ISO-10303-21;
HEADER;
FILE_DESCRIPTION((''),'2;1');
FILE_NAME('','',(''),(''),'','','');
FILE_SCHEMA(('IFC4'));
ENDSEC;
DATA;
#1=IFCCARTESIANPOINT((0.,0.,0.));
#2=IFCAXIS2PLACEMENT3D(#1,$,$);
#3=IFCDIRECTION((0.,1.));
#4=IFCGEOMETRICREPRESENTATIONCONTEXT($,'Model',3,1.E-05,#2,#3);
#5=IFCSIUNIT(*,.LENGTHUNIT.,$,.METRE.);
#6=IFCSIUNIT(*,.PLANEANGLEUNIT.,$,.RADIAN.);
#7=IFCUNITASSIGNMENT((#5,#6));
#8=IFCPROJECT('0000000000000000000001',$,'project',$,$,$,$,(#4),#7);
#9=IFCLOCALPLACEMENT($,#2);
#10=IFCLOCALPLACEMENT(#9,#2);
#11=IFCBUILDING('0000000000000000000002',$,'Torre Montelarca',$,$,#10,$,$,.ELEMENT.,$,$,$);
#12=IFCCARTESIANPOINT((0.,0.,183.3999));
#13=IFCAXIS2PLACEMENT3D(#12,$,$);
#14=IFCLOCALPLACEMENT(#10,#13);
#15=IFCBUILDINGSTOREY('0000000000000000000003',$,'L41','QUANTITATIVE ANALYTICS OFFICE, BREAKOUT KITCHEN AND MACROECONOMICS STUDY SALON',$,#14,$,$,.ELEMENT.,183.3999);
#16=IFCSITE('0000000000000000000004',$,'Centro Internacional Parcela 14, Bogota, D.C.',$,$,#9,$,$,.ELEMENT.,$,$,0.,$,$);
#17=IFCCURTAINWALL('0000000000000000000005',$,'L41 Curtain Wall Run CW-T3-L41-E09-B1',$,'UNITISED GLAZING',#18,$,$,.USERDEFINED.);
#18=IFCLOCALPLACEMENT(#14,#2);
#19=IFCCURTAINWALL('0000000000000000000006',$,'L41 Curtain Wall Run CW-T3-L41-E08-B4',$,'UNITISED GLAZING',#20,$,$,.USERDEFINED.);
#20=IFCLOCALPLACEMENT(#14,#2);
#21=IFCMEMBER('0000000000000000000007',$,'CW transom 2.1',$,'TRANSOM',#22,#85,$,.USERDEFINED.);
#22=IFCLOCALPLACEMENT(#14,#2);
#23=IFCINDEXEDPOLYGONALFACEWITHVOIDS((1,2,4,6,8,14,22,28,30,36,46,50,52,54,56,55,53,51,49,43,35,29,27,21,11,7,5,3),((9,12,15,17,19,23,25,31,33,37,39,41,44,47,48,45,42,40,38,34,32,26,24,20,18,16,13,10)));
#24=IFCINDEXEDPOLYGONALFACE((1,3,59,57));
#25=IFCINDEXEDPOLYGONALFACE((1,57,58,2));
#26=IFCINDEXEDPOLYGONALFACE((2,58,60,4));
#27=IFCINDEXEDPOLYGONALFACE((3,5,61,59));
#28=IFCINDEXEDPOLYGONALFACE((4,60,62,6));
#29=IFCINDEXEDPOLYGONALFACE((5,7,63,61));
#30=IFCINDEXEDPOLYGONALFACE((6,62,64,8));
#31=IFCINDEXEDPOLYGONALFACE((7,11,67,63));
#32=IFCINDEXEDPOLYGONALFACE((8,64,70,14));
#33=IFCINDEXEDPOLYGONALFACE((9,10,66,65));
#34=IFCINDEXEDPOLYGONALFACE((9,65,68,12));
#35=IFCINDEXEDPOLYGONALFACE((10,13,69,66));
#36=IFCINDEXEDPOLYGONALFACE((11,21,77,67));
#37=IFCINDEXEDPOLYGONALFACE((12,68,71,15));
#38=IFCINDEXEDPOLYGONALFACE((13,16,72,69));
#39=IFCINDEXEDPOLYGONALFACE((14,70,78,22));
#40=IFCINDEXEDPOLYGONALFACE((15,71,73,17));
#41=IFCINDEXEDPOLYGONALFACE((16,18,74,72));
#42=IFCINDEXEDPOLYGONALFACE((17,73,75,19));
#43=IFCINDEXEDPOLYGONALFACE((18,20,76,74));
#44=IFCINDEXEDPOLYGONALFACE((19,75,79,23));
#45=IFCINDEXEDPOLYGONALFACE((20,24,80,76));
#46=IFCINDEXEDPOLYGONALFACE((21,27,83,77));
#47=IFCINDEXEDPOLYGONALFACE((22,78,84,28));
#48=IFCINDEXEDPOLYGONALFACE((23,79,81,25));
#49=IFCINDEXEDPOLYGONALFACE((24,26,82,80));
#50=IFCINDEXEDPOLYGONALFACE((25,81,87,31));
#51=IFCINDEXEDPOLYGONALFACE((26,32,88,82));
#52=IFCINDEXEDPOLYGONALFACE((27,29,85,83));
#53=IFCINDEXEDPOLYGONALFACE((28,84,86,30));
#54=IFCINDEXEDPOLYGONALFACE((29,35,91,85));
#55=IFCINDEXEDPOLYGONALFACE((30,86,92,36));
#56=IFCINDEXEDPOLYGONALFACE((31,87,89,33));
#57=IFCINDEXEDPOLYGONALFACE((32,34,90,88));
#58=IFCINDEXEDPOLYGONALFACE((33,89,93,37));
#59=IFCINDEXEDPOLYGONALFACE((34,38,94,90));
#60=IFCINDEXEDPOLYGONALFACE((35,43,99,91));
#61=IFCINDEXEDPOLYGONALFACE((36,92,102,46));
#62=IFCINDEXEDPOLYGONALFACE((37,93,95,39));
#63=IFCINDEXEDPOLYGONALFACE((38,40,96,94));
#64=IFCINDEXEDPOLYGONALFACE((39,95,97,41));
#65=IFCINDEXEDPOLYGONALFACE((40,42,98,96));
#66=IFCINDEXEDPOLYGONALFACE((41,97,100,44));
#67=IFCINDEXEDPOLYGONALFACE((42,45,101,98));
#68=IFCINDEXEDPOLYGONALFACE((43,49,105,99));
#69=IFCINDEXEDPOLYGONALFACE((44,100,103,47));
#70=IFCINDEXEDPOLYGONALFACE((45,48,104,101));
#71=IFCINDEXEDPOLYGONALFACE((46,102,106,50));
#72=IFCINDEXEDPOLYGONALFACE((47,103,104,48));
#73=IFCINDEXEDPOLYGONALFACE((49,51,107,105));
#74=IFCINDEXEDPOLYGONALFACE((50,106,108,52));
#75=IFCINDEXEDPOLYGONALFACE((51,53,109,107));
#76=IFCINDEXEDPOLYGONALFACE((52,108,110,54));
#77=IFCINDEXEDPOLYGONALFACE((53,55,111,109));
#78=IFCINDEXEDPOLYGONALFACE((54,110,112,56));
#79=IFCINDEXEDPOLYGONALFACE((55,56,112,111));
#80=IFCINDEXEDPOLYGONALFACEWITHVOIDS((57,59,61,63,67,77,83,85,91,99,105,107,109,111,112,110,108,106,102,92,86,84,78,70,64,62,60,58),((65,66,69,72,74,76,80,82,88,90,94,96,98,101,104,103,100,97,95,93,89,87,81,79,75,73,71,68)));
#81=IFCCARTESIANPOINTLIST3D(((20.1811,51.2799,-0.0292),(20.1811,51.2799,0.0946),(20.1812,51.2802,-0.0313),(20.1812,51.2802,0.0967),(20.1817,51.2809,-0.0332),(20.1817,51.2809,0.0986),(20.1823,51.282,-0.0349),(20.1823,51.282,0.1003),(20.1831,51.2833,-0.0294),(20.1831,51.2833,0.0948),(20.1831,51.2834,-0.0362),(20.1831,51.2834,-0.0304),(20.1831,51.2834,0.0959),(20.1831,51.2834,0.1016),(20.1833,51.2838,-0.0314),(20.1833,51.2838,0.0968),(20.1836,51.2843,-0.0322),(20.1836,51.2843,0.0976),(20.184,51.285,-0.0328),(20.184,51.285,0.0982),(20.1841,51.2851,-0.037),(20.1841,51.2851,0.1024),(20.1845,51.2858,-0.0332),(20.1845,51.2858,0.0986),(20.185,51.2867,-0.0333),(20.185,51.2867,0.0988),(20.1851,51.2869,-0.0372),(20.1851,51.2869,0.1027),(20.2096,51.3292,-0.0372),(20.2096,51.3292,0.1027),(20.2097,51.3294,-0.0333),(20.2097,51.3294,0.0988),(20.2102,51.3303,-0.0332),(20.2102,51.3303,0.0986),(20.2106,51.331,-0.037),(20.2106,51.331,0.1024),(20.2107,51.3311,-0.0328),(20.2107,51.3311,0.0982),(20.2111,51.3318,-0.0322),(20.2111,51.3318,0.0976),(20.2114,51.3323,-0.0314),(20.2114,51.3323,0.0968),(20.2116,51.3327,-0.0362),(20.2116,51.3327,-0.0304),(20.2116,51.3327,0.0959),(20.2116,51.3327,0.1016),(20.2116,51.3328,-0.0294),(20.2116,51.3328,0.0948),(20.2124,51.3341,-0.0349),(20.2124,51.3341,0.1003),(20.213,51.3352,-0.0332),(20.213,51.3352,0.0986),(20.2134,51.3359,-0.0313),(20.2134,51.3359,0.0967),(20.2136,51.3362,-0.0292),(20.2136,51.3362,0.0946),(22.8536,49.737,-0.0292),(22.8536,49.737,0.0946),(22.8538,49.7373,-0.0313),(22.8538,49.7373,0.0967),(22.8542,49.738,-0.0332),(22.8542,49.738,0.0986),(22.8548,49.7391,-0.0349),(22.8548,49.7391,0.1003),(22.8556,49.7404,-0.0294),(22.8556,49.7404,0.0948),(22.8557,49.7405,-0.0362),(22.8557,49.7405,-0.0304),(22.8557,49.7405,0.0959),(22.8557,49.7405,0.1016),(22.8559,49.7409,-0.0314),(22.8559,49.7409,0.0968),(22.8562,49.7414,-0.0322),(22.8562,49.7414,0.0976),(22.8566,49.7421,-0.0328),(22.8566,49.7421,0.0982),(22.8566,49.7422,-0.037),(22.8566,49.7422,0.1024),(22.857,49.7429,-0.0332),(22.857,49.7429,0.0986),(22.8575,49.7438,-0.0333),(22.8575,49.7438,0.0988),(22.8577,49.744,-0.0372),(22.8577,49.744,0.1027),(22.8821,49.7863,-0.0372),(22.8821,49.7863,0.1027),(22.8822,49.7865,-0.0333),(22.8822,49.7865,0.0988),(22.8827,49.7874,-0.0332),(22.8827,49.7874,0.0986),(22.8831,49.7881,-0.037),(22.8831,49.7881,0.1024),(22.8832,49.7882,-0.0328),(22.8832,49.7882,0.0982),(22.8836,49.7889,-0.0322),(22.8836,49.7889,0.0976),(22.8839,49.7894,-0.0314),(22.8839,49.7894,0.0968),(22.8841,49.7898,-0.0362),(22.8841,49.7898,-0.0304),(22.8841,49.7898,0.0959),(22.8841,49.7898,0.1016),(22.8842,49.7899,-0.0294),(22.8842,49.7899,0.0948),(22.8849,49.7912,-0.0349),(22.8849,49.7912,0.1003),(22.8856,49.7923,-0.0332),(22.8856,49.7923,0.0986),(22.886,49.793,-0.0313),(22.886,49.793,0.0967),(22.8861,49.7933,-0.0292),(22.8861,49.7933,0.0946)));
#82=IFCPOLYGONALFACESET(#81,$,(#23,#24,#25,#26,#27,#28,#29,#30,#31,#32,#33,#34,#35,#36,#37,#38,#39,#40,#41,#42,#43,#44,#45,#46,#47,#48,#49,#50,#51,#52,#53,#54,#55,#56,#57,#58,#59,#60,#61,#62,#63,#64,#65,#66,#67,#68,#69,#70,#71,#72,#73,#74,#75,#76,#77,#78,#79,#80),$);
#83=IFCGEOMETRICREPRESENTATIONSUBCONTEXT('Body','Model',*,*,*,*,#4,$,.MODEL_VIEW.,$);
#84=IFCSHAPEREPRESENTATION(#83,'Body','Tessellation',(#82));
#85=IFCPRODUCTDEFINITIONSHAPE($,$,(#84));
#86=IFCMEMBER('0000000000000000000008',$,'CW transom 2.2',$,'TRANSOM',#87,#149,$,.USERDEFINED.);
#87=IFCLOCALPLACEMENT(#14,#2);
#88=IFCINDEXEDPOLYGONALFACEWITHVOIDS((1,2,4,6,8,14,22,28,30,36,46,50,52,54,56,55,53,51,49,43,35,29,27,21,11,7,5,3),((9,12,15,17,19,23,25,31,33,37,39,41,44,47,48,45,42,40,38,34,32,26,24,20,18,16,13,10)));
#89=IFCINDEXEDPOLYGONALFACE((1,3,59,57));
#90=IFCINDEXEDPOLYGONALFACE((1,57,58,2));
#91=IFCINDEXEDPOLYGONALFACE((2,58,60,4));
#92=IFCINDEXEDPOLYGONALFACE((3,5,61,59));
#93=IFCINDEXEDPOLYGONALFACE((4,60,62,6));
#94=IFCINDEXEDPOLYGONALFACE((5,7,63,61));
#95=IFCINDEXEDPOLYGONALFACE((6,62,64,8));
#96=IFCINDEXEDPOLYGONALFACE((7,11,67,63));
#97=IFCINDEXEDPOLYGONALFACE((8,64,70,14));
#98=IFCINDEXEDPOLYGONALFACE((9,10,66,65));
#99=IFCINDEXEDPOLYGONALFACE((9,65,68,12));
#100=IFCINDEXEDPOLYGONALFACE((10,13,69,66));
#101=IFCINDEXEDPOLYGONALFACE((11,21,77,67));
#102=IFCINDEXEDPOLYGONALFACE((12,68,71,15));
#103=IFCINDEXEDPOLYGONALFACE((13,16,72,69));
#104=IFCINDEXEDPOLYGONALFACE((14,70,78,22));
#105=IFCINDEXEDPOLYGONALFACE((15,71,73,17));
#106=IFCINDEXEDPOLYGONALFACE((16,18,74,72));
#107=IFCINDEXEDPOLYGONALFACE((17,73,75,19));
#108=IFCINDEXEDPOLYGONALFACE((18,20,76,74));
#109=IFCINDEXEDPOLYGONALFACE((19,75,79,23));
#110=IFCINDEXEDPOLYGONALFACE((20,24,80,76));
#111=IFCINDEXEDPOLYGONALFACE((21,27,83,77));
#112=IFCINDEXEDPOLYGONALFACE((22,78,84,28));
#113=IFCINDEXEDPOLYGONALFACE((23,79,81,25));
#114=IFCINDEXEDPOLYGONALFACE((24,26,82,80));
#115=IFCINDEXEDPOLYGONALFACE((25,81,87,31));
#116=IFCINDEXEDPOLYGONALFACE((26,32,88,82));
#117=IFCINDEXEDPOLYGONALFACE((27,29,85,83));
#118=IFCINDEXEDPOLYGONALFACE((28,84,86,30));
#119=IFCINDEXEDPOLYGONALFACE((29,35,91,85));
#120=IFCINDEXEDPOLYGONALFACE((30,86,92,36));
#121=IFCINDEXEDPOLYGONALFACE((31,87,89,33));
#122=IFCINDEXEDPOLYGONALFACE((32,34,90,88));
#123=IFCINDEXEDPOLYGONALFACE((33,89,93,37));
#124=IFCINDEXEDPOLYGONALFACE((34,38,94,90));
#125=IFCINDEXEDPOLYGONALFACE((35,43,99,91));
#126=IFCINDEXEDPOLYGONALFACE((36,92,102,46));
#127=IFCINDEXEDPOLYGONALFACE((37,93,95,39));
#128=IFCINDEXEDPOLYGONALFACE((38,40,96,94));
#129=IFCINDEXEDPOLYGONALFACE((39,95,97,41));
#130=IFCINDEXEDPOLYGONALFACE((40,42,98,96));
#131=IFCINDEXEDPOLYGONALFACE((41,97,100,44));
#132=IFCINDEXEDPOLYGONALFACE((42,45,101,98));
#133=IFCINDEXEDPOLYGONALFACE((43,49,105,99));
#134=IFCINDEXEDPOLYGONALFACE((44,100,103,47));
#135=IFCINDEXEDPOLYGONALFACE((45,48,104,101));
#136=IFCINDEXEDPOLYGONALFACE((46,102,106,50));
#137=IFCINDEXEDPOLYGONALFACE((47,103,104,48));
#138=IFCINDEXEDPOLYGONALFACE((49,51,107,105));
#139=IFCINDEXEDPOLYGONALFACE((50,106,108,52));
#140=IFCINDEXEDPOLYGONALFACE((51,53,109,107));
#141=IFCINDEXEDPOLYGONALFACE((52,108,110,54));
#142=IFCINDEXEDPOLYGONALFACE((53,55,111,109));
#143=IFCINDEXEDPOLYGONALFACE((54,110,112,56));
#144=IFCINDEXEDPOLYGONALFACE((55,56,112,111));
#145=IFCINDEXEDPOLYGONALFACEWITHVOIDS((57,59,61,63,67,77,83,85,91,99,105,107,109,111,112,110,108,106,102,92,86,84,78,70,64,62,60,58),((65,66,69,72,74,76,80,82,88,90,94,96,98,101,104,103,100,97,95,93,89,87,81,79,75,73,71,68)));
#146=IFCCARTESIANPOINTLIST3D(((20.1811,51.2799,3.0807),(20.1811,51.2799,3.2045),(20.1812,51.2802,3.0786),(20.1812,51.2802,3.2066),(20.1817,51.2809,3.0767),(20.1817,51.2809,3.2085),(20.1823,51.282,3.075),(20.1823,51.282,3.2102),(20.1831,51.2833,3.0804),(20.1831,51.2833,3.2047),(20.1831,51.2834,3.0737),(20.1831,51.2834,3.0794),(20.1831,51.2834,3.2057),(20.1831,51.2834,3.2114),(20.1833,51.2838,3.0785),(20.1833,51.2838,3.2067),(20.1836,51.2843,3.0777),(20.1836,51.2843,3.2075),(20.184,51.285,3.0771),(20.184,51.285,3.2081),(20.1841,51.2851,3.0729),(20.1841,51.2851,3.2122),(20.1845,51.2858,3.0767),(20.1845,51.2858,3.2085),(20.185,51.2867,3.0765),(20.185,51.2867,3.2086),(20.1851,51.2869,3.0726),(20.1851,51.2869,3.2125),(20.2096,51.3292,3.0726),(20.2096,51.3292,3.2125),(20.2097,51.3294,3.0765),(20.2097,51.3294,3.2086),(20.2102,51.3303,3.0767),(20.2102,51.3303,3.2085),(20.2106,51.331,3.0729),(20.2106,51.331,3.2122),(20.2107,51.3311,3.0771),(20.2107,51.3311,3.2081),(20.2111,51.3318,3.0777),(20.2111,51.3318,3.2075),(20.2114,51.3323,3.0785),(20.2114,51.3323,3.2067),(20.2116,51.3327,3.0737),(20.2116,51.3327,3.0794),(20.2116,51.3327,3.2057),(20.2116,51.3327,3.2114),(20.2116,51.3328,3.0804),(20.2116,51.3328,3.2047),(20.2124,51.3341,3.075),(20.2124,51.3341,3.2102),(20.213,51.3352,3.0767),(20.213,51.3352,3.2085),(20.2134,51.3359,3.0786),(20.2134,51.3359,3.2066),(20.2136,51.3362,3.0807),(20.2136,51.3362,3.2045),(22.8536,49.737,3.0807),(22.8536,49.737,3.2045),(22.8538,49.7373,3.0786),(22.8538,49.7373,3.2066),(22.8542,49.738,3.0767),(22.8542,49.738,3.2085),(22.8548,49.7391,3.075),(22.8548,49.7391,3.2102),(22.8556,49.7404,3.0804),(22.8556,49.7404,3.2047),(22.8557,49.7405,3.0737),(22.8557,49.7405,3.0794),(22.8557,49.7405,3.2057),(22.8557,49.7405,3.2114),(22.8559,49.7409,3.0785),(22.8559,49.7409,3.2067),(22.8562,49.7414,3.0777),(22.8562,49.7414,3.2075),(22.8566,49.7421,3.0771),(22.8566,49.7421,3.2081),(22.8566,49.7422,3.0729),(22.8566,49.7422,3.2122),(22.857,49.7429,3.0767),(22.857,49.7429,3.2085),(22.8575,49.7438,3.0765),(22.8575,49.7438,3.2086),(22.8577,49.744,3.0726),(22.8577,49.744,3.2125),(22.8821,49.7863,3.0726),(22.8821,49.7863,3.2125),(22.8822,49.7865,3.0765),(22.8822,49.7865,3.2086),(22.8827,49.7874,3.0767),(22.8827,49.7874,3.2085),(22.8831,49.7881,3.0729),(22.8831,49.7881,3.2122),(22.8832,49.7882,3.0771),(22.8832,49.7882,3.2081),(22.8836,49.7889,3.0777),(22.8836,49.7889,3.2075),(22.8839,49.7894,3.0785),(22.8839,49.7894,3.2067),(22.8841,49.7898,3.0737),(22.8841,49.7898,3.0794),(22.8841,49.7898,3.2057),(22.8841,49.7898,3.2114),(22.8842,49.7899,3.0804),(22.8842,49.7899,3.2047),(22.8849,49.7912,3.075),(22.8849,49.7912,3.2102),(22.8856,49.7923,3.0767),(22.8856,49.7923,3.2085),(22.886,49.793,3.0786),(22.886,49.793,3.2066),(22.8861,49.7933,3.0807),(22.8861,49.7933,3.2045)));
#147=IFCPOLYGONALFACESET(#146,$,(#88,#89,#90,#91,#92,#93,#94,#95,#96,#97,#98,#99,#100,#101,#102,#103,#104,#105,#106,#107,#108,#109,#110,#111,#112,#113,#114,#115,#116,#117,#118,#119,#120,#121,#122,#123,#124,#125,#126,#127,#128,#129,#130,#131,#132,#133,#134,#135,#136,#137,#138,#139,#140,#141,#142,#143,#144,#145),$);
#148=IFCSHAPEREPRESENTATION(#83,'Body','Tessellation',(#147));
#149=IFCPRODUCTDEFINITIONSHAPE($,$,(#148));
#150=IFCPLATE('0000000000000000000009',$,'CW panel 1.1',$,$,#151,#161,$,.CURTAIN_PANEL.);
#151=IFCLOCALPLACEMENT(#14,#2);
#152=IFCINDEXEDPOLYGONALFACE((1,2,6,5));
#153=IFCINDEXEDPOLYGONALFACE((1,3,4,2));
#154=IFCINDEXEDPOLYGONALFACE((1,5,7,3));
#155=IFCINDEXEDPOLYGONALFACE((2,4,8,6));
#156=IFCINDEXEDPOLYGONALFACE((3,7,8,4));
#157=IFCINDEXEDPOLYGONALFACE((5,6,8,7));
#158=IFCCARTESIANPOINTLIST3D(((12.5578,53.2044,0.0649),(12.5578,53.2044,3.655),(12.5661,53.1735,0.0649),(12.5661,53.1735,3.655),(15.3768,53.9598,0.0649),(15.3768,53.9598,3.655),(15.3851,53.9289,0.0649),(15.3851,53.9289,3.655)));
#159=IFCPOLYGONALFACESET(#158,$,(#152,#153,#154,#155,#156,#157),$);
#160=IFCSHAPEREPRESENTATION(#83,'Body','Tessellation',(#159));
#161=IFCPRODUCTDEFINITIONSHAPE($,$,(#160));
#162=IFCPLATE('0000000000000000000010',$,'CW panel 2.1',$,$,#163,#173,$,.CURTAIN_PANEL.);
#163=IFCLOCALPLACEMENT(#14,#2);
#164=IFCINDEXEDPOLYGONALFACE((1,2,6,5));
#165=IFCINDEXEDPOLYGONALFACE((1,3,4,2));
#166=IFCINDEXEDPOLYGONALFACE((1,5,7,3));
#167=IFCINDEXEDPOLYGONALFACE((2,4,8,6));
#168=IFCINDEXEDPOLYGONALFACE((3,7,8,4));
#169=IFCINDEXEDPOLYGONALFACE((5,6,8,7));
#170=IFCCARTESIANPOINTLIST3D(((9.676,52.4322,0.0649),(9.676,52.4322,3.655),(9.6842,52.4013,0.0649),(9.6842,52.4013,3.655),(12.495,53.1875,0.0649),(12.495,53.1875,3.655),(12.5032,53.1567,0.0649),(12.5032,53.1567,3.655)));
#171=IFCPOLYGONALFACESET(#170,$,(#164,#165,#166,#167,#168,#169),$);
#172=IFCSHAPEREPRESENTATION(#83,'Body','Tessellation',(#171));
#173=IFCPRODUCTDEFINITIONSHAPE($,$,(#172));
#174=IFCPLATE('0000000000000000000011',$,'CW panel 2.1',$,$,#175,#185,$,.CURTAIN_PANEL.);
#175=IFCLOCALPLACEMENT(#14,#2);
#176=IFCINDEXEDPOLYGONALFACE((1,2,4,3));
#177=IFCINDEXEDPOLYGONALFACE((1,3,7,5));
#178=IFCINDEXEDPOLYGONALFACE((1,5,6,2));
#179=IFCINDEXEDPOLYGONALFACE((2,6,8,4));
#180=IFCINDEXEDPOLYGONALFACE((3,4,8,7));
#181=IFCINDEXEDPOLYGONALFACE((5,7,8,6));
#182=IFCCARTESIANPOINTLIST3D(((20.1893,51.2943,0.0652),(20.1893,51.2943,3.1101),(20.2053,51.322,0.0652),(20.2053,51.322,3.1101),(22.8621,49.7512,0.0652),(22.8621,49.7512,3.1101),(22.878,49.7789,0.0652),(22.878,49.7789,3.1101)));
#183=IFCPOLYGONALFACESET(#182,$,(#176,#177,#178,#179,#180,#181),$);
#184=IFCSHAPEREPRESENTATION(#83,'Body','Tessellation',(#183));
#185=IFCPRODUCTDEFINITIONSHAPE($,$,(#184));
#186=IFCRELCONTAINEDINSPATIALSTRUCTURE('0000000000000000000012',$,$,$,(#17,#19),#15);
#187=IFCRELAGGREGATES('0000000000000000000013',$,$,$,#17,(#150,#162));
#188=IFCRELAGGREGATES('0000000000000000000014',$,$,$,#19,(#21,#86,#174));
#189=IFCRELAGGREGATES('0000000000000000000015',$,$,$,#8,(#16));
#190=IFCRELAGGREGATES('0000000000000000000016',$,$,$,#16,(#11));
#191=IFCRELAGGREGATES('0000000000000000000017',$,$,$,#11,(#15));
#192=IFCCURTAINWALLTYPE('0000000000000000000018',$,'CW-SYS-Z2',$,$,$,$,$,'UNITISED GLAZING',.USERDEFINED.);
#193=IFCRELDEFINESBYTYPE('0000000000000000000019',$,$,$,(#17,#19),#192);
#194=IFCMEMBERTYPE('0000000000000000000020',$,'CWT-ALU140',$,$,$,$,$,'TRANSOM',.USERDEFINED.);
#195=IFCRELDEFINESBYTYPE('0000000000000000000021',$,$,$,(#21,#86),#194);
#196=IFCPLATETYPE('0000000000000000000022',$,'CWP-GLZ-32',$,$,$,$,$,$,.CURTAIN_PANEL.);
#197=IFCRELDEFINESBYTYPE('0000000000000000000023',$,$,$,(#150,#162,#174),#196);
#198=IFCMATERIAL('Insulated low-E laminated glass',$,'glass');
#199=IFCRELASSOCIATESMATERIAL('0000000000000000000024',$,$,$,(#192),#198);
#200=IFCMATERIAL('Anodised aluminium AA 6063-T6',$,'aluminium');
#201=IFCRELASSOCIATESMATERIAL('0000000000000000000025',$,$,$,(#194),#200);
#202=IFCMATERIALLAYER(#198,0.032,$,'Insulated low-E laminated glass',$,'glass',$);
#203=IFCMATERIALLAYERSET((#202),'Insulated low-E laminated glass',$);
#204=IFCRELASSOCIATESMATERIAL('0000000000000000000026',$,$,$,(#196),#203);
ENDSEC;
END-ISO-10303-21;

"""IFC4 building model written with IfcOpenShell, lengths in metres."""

from ifc_helpers import new_model, si_unit, direction, frame, origin, origin_2d, place, context, subcontext, project, spatial, rectangle, hollow_rectangle, extrude, source, transform, mapped, material, layer, layer_set, material_profile, profile_set, type_object, element, aggregate, save


model = new_model("IFC4")

# Units and contexts
model_context = context("Model", 3, precision=1e-05, world=origin(), true_north=direction((0.0, 1.0)))
body_context = subcontext(model_context, "Body", "Model", "MODEL_VIEW")
ifc_project = project(units=[si_unit("LENGTHUNIT", "METRE"), si_unit("PLANEANGLEUNIT", "RADIAN")], contexts=[model_context])

# Site, building, storey
site_placement = place(None, origin())
site = spatial("IfcSite", under=ifc_project, at=site_placement, Name="Centro Internacional Parcela 14, Bogota, D.C.", CompositionType="ELEMENT", RefElevation=0.0)
building_placement = place(site_placement, origin())
building = spatial("IfcBuilding", under=site, at=building_placement, Name="Torre Montelarca", CompositionType="ELEMENT")
storey_placement = place(building_placement, frame((0.0, 0.0, 183.3999)))
storey = spatial("IfcBuildingStorey", under=building, at=storey_placement, Name="L41", Description="QUANTITATIVE ANALYTICS OFFICE, BREAKOUT KITCHEN AND MACROECONOMICS STUDY SALON", CompositionType="ELEMENT", Elevation=183.3999)

# Curtain walls, members
ifc_material_1 = material(Name="Insulated low-E laminated glass", Category="glass")
curtain_wall_type = type_object("IfcCurtainWallType", Name="CW-SYS-Z2", ElementType="UNITISED GLAZING", PredefinedType="USERDEFINED", material=ifc_material_1)
curtain_wall_1_placement = place(storey_placement, origin())
curtain_wall_1 = element("IfcCurtainWall", 1, at=curtain_wall_1_placement, inside=storey, type_object=curtain_wall_type, Name="L41 Curtain Wall Run CW-T3-L41-E09-B1", ObjectType="UNITISED GLAZING", PredefinedType="USERDEFINED")
ifc_material_2 = material(Name="Anodised aluminium AA 6063-T6", Category="aluminium")
ifc_material_profile_1 = material_profile(ifc_material_2, hollow_rectangle(XDim=0.0649, YDim=0.1399, WallThickness=0.0039, InnerFilletRadius=0.0039, OuterFilletRadius=0.0081, at=origin_2d()), Name="ALU65X140X4", Category="aluminium")
ifc_profile_set_1 = profile_set([ifc_material_profile_1], Name="Anodised aluminium AA 6063-T6")
member_type_1 = type_object("IfcMemberType", Name="CWT-ALU140", ElementType="TRANSOM", PredefinedType="USERDEFINED", material=ifc_profile_set_1)
curtain_wall_2_placement = place(storey_placement, origin())
curtain_wall_2 = element("IfcCurtainWall", 2, at=curtain_wall_2_placement, inside=storey, type_object=curtain_wall_type, Name="L41 Curtain Wall Run CW-T3-L41-E08-B4", ObjectType="UNITISED GLAZING", PredefinedType="USERDEFINED")
shared_shape_1 = source(origin(), body_context, "Body", "SweptSolid", [
    extrude(hollow_rectangle(XDim=0.0649, YDim=0.1399, WallThickness=0.0039, InnerFilletRadius=0.0039, OuterFilletRadius=0.0081, at=origin_2d()), origin(), (0.0, 0.0, 1.0), 3.0859),
])
member_1_placement = place(storey_placement, frame((22.8699, 49.7651, 0.0327), z_axis=(-0.866034, 0.499985, 0.0), x_axis=(-0.499985, -0.866034, 0.0)))
member_1 = element("IfcMember", 3, at=member_1_placement, type_object=member_type_1, Name="CW transom 2.1", ObjectType="TRANSOM", PredefinedType="USERDEFINED", context=body_context, shape_type="MappedRepresentation", body=[
    mapped(shared_shape_1, transform((0.0, 0.0, 0.0), scale=1.0)),
])
member_2_placement = place(storey_placement, frame((22.8699, 49.7651, 3.1426), z_axis=(-0.866034, 0.499985, 0.0), x_axis=(-0.499985, -0.866034, 0.0)))
member_2 = element("IfcMember", 4, at=member_2_placement, type_object=member_type_1, Name="CW transom 2.2", ObjectType="TRANSOM", PredefinedType="USERDEFINED", context=body_context, shape_type="MappedRepresentation", body=[
    mapped(shared_shape_1, transform((0.0, 0.0, 0.0), scale=1.0)),
])

# Plates
ifc_layer_1 = layer(ifc_material_1, 0.032, Name="Insulated low-E laminated glass", Category="glass")
ifc_layer_set_1 = layer_set([ifc_layer_1], Name="Insulated low-E laminated glass")
plate_type = type_object("IfcPlateType", Name="CWP-GLZ-32", PredefinedType="CURTAIN_PANEL", material=ifc_layer_set_1)
shared_shape_2 = source(origin(), body_context, "Body", "SweptSolid", [
    extrude(rectangle(XDim=2.9185, YDim=0.032, at=origin_2d()), origin(), (0.0, 0.0, 1.0), 3.5901),
])
plate_1_placement = place(storey_placement, frame((13.9714, 53.5667, 0.0649), z_axis=(0.0, 0.0, 1.0), x_axis=(-0.965927, -0.258814, 0.0)))
plate_1 = element("IfcPlate", 5, at=plate_1_placement, type_object=plate_type, Name="CW panel 1.1", PredefinedType="CURTAIN_PANEL", context=body_context, shape_type="MappedRepresentation", body=[
    mapped(shared_shape_2, transform((0.0, 0.0, 0.0), scale=1.0)),
])
plate_2_placement = place(storey_placement, frame((11.0896, 52.7944, 0.0649), z_axis=(0.0, 0.0, 1.0), x_axis=(-0.965927, -0.258814, 0.0)))
plate_2 = element("IfcPlate", 6, at=plate_2_placement, type_object=plate_type, Name="CW panel 2.1", PredefinedType="CURTAIN_PANEL", context=body_context, shape_type="MappedRepresentation", body=[
    mapped(shared_shape_2, transform((0.0, 0.0, 0.0), scale=1.0)),
])
aggregate(curtain_wall_1, [plate_1, plate_2])
shared_shape_3 = source(origin(), body_context, "Body", "SweptSolid", [
    extrude(rectangle(XDim=3.0862, YDim=0.032, at=origin_2d()), origin(), (0.0, 0.0, 1.0), 3.0449),
])
plate_3_placement = place(storey_placement, frame((21.5337, 50.5366, 0.0652), z_axis=(0.0, 0.0, 1.0), x_axis=(-0.866027, 0.499997, 0.0)))
plate_3 = element("IfcPlate", 7, at=plate_3_placement, type_object=plate_type, Name="CW panel 2.1", PredefinedType="CURTAIN_PANEL", context=body_context, shape_type="MappedRepresentation", body=[
    mapped(shared_shape_3, transform((0.0, 0.0, 0.0), scale=1.0)),
])
aggregate(curtain_wall_2, [member_1, member_2, plate_3])

save(model, "model.ifc")
